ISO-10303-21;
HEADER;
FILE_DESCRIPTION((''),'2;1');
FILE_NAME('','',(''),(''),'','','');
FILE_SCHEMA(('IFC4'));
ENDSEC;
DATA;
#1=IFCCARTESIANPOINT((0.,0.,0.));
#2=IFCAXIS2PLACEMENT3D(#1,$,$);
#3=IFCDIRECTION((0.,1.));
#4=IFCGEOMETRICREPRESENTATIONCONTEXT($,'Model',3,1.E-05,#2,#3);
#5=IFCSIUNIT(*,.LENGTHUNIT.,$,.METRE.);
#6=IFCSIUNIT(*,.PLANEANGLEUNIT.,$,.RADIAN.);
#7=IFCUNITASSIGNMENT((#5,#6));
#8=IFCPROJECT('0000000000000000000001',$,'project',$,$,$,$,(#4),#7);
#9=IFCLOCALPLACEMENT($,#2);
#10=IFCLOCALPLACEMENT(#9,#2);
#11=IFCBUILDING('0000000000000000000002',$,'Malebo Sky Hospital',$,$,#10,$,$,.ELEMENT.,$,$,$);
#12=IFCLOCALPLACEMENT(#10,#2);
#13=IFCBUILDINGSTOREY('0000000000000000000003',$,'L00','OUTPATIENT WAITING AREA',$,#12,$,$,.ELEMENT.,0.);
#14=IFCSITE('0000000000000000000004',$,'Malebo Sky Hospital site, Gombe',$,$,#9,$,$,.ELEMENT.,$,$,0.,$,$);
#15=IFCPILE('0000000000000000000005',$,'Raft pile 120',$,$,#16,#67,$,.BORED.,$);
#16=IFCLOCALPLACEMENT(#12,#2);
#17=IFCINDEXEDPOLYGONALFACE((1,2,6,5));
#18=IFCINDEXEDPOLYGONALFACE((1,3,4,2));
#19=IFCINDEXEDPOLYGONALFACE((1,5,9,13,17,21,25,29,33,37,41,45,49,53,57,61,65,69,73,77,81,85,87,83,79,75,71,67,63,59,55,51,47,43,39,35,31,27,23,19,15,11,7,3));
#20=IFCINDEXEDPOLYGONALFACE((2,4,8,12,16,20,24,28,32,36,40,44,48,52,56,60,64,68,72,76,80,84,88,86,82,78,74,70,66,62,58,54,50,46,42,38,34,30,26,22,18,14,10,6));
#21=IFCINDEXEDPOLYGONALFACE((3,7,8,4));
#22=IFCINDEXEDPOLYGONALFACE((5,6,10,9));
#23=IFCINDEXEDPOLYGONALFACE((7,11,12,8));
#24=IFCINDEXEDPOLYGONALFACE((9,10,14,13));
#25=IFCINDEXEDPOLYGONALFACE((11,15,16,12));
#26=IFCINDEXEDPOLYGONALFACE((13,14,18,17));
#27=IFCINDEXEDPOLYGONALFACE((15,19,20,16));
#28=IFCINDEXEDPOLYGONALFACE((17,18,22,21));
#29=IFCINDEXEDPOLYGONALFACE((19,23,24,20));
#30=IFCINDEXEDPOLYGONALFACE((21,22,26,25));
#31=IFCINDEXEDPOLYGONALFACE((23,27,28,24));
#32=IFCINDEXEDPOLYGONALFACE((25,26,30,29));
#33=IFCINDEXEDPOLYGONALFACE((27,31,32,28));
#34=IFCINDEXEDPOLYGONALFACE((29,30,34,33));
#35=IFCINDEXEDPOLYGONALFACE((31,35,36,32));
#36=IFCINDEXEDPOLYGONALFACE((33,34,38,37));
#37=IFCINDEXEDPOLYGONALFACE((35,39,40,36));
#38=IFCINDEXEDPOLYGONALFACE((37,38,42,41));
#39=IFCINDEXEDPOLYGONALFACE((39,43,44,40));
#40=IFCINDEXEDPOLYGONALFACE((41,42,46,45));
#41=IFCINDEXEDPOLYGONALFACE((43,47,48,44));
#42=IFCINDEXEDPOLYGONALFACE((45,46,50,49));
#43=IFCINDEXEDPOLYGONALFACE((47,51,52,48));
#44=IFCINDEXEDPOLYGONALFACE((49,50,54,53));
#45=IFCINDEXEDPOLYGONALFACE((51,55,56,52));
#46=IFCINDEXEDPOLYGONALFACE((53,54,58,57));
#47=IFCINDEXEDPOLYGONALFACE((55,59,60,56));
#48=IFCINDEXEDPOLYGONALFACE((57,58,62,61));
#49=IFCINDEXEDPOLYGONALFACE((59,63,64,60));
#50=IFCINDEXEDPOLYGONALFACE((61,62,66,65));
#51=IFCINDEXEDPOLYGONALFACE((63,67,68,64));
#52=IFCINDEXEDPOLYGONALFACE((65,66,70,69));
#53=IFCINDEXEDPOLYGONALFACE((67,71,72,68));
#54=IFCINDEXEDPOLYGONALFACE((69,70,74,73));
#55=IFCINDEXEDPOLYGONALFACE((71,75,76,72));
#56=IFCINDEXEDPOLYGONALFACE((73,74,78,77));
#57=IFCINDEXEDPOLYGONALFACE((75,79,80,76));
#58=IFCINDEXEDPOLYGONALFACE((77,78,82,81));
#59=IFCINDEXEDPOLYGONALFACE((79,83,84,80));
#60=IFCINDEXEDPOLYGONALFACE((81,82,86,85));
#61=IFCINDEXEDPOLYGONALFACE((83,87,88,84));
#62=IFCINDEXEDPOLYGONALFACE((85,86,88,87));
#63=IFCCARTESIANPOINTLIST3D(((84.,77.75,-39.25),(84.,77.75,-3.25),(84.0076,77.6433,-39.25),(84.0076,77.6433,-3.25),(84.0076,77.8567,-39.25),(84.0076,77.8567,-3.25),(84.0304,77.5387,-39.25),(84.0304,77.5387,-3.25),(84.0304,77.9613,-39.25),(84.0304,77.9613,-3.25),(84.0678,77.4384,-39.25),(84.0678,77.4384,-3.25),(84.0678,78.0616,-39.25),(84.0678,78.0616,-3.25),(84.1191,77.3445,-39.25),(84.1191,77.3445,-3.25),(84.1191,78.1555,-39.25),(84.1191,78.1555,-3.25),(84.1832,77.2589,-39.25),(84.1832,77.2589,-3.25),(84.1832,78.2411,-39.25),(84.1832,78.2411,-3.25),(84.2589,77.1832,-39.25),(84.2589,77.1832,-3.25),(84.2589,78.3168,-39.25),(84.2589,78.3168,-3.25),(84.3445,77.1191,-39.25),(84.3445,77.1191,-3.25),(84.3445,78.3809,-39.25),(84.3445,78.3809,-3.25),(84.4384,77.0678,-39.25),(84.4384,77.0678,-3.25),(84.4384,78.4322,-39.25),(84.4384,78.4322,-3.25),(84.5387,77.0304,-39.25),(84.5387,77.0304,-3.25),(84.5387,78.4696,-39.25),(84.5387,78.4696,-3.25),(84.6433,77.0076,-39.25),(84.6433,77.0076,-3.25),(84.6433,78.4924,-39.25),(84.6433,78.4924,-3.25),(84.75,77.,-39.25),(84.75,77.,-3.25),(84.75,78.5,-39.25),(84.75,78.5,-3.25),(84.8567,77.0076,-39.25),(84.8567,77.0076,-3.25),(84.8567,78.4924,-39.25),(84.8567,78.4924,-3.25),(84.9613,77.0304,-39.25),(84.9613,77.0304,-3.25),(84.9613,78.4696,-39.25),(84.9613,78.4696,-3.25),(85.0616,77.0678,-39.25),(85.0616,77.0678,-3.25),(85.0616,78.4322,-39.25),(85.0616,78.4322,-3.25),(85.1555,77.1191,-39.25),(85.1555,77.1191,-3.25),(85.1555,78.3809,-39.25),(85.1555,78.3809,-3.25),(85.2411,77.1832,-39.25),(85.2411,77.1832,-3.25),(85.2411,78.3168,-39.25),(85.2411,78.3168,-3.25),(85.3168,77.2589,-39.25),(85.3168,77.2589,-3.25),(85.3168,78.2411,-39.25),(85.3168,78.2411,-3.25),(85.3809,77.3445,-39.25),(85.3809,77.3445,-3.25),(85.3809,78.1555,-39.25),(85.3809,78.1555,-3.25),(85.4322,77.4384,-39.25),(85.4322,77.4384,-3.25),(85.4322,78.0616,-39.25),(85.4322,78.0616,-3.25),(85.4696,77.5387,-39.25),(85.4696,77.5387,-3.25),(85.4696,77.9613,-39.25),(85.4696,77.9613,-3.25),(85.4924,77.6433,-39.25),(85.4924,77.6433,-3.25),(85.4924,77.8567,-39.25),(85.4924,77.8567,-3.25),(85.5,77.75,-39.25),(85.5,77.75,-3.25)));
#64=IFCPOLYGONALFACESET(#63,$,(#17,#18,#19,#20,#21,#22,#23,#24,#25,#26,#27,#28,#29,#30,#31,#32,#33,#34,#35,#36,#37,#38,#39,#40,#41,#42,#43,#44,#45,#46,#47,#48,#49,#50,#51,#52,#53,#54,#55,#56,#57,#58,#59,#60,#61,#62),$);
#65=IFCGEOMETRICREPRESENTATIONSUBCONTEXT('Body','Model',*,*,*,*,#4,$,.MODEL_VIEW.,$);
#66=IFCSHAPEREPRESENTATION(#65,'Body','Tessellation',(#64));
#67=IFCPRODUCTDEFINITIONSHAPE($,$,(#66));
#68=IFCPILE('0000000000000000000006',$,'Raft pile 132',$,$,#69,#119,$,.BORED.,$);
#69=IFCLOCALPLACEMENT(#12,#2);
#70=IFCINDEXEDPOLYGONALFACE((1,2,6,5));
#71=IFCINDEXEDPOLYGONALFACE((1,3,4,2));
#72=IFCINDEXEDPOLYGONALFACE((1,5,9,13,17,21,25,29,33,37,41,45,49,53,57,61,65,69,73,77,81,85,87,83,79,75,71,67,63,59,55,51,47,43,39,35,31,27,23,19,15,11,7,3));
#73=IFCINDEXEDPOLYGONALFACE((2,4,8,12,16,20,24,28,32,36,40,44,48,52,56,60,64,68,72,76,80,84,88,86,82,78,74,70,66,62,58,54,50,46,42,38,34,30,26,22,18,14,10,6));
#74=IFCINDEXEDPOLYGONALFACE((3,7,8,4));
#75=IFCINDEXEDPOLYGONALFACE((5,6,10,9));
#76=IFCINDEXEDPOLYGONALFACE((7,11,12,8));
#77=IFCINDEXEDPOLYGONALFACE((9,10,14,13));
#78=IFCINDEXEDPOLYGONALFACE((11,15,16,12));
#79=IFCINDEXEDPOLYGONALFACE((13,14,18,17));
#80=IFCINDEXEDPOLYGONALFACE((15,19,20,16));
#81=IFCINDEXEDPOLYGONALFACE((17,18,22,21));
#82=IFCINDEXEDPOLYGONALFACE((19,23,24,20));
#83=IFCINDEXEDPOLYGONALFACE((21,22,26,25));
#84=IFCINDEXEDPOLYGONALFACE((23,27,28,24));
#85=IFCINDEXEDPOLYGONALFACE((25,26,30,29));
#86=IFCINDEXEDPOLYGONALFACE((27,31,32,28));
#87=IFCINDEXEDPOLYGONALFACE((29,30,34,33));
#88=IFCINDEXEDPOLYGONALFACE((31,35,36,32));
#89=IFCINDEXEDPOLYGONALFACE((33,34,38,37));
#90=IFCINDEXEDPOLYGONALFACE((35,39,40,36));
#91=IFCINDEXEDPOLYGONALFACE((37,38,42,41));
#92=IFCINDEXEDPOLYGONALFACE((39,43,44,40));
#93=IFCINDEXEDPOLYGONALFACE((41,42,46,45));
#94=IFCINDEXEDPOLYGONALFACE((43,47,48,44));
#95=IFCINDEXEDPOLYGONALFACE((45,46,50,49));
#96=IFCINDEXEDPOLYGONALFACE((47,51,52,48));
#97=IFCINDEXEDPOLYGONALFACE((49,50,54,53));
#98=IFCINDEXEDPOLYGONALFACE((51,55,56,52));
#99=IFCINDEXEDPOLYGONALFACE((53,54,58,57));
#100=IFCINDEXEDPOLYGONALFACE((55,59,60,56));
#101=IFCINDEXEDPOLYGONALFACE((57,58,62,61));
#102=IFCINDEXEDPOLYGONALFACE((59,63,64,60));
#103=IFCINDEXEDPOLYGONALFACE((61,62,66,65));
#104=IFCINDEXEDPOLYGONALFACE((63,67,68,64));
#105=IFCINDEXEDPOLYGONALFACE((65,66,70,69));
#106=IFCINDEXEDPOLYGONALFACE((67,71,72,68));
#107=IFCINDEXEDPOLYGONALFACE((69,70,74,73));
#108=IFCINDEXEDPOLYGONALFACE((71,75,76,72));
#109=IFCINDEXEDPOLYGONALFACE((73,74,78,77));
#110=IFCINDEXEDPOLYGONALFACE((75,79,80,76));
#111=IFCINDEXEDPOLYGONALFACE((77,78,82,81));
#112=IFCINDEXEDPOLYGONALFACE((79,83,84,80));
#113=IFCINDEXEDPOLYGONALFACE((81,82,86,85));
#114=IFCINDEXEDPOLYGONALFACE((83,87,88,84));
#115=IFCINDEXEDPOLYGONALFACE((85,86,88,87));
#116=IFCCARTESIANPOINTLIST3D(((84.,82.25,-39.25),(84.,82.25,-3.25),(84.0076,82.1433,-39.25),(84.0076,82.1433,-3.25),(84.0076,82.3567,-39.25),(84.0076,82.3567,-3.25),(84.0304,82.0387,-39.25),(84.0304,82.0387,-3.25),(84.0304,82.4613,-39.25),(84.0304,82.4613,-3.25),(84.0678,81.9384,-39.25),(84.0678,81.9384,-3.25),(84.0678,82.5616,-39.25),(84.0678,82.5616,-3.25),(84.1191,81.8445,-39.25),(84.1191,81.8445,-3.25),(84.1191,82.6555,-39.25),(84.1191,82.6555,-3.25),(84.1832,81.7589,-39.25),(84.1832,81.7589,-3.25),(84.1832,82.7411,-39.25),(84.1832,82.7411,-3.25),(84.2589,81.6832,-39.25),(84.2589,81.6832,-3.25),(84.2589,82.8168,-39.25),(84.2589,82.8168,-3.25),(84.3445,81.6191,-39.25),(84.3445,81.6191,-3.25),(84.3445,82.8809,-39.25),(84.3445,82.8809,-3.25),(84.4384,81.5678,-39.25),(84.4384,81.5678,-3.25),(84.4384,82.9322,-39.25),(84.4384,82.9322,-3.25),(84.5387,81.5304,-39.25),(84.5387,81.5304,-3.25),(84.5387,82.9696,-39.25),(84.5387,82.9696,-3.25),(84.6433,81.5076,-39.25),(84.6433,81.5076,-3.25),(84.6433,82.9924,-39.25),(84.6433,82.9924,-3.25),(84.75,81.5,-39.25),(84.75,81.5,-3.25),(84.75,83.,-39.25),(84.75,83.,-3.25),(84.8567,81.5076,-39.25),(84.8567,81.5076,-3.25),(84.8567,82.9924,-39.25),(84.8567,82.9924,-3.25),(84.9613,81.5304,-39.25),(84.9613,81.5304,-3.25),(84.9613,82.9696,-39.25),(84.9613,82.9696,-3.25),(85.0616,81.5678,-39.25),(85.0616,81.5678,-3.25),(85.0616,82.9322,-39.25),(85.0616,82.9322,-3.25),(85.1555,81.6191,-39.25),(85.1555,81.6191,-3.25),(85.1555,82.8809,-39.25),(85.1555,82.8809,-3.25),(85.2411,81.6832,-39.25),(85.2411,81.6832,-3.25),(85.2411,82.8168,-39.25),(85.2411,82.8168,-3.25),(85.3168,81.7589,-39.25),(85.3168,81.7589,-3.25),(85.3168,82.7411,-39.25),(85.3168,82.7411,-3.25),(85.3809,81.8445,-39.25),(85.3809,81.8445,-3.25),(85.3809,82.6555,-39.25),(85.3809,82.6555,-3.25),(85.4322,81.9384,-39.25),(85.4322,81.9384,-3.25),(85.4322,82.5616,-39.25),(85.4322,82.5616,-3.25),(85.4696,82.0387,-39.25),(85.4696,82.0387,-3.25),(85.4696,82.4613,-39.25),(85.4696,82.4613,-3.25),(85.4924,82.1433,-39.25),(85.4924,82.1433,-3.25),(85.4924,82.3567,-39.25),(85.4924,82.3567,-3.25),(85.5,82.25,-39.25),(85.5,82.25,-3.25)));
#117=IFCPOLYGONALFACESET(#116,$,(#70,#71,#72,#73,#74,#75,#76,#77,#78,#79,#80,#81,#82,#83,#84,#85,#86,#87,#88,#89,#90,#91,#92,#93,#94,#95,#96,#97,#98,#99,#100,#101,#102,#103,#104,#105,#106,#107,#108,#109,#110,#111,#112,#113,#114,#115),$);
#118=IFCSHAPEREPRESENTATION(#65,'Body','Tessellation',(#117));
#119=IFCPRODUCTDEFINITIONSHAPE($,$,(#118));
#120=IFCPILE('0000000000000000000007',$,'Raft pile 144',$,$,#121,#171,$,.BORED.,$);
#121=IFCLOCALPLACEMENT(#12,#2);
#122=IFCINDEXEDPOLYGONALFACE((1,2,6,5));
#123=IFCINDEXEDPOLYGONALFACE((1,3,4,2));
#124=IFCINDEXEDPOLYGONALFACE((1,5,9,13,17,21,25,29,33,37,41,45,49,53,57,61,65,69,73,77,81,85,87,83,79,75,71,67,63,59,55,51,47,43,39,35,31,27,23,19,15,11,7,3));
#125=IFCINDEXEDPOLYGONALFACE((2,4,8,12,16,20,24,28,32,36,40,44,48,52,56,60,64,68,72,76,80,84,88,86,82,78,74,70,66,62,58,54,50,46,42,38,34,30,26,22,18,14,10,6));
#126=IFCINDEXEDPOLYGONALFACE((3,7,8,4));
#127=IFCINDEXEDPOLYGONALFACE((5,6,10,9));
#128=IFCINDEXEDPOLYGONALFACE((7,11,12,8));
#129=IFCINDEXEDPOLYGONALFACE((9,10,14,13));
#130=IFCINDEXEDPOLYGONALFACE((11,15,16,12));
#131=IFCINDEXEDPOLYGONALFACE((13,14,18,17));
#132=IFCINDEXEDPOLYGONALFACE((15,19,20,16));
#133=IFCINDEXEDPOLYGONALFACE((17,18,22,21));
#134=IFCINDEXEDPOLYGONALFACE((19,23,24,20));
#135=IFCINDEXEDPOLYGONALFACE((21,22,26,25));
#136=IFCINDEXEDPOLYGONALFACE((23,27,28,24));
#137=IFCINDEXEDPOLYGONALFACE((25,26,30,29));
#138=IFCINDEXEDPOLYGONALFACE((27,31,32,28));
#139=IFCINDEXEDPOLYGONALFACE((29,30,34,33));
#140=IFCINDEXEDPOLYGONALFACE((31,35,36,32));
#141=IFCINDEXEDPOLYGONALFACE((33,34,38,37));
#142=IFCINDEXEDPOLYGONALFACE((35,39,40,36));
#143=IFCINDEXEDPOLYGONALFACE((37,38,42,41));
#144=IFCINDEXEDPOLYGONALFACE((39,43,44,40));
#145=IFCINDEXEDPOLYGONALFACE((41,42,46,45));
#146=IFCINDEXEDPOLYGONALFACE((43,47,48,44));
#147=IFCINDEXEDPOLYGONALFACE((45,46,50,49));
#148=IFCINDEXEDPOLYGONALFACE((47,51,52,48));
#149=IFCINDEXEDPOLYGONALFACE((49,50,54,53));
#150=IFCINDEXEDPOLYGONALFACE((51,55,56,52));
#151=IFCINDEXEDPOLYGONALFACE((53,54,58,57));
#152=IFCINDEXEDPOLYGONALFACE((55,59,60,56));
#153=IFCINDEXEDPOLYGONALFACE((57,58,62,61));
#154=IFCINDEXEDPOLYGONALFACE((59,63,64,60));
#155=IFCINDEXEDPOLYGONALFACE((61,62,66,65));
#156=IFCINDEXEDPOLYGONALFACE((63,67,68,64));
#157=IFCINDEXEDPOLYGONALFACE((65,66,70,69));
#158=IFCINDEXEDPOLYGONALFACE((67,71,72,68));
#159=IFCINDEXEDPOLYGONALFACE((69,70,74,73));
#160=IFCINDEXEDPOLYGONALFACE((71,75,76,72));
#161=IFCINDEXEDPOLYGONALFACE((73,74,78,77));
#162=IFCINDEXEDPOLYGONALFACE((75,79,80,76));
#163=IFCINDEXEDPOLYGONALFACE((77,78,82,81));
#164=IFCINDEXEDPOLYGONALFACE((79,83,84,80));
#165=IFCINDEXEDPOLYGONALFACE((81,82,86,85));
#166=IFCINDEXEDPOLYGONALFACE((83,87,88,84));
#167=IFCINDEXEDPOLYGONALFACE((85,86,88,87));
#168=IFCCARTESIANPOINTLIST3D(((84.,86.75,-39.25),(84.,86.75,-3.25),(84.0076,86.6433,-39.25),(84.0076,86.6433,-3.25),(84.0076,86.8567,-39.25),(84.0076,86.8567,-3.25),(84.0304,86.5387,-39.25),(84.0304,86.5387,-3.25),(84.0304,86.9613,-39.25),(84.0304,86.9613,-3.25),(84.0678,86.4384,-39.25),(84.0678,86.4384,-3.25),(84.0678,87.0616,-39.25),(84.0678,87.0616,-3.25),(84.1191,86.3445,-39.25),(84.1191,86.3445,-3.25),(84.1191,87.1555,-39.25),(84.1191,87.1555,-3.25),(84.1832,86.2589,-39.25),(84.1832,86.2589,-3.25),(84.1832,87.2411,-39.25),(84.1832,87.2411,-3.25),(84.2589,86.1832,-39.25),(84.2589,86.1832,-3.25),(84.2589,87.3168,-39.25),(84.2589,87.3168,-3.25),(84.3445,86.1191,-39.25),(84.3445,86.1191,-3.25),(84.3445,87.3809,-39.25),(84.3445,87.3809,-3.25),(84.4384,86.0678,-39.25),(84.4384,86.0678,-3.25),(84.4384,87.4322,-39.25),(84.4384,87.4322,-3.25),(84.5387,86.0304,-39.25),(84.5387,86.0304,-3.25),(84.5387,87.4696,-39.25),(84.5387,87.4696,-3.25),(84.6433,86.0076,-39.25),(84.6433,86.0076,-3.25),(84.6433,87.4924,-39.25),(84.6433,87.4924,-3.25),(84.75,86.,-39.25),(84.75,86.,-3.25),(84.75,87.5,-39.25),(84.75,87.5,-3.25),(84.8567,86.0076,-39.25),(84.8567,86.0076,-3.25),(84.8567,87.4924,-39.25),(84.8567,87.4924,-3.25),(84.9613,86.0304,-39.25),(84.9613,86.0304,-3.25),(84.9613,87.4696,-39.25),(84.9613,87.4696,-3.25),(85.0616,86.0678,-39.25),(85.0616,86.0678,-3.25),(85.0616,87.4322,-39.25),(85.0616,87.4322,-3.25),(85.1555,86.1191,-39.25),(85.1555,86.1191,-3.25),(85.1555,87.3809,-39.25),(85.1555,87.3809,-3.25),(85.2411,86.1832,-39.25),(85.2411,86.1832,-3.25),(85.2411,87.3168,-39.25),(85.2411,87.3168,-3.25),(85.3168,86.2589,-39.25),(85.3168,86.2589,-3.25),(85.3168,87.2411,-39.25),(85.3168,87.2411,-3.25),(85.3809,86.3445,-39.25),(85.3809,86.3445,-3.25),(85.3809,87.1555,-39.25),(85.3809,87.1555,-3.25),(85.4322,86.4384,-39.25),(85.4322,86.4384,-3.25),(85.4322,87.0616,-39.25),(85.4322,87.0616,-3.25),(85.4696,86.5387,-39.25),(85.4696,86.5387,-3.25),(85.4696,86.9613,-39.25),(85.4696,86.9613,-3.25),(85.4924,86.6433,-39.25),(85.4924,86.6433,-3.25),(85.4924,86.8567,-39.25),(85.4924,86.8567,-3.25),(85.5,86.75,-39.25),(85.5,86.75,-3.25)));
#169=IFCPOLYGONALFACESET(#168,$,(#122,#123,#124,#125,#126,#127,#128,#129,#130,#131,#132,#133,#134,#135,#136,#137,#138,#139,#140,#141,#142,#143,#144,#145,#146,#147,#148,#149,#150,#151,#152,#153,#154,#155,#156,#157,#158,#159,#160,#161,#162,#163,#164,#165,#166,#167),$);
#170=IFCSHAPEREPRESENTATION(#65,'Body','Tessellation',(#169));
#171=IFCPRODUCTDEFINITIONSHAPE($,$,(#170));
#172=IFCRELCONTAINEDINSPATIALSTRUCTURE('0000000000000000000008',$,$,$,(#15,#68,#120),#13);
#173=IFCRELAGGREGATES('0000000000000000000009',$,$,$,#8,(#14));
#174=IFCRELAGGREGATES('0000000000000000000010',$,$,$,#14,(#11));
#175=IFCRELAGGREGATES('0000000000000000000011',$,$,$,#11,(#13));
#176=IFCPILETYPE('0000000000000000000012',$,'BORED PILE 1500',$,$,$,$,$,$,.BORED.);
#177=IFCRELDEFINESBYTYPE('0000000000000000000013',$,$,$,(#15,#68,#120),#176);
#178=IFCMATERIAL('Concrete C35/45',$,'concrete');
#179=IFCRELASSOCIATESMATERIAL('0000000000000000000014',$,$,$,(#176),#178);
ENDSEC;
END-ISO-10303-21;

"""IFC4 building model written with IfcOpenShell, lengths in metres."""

from ifc_helpers import new_model, si_unit, direction, frame, origin, origin_2d, place, context, subcontext, project, spatial, circle, extrude, material, material_profile, profile_set, type_object, element, save


model = new_model("IFC4")

# Units and contexts
model_context = context("Model", 3, precision=1e-05, world=origin(), true_north=direction((0.0, 1.0)))
body_context = subcontext(model_context, "Body", "Model", "MODEL_VIEW")
ifc_project = project(units=[si_unit("LENGTHUNIT", "METRE"), si_unit("PLANEANGLEUNIT", "RADIAN")], contexts=[model_context])

# Site, building, storey
site_placement = place(None, origin())
site = spatial("IfcSite", under=ifc_project, at=site_placement, Name="Malebo Sky Hospital site, Gombe", CompositionType="ELEMENT", RefElevation=0.0)
building_placement = place(site_placement, origin())
building = spatial("IfcBuilding", under=site, at=building_placement, Name="Malebo Sky Hospital", CompositionType="ELEMENT")
storey_placement = place(building_placement, origin())
storey = spatial("IfcBuildingStorey", under=building, at=storey_placement, Name="L00", Description="OUTPATIENT WAITING AREA", CompositionType="ELEMENT", Elevation=0.0)

# Piles
ifc_material_1 = material(Name="Concrete C35/45", Category="concrete")
ifc_material_profile_1 = material_profile(ifc_material_1, circle(Radius=0.75, at=origin_2d()), Name="BP 1500")
ifc_profile_set_1 = profile_set([ifc_material_profile_1], Name="Concrete C35/45")
pile_type_1 = type_object("IfcPileType", Name="BORED PILE 1500", PredefinedType="BORED", material=ifc_profile_set_1)
for number, where, z_axis, x_axis, name in (
    (1, (84.75, 77.75, -3.25), (0.0, 0.0, -1.0), (1.0, 0.0, 0.0), "Raft pile 120"),
    (2, (84.75, 82.25, -3.25), (0.0, 0.0, -1.0), (1.0, 0.0, 0.0), "Raft pile 132"),
    (3, (84.75, 86.75, -3.25), (0.0, 0.0, -1.0), (1.0, 0.0, 0.0), "Raft pile 144"),
):
    element("IfcPile", number, at=place(storey_placement, frame(where, z_axis=z_axis, x_axis=x_axis)), inside=storey, type_object=pile_type_1, Name=name, PredefinedType="BORED", context=body_context, shape_type="SweptSolid", body=[
        extrude(circle(Radius=0.75, at=origin_2d()), origin(), (0.0, 0.0, 1.0), 36.0),
    ])

save(model, "model.ifc")
